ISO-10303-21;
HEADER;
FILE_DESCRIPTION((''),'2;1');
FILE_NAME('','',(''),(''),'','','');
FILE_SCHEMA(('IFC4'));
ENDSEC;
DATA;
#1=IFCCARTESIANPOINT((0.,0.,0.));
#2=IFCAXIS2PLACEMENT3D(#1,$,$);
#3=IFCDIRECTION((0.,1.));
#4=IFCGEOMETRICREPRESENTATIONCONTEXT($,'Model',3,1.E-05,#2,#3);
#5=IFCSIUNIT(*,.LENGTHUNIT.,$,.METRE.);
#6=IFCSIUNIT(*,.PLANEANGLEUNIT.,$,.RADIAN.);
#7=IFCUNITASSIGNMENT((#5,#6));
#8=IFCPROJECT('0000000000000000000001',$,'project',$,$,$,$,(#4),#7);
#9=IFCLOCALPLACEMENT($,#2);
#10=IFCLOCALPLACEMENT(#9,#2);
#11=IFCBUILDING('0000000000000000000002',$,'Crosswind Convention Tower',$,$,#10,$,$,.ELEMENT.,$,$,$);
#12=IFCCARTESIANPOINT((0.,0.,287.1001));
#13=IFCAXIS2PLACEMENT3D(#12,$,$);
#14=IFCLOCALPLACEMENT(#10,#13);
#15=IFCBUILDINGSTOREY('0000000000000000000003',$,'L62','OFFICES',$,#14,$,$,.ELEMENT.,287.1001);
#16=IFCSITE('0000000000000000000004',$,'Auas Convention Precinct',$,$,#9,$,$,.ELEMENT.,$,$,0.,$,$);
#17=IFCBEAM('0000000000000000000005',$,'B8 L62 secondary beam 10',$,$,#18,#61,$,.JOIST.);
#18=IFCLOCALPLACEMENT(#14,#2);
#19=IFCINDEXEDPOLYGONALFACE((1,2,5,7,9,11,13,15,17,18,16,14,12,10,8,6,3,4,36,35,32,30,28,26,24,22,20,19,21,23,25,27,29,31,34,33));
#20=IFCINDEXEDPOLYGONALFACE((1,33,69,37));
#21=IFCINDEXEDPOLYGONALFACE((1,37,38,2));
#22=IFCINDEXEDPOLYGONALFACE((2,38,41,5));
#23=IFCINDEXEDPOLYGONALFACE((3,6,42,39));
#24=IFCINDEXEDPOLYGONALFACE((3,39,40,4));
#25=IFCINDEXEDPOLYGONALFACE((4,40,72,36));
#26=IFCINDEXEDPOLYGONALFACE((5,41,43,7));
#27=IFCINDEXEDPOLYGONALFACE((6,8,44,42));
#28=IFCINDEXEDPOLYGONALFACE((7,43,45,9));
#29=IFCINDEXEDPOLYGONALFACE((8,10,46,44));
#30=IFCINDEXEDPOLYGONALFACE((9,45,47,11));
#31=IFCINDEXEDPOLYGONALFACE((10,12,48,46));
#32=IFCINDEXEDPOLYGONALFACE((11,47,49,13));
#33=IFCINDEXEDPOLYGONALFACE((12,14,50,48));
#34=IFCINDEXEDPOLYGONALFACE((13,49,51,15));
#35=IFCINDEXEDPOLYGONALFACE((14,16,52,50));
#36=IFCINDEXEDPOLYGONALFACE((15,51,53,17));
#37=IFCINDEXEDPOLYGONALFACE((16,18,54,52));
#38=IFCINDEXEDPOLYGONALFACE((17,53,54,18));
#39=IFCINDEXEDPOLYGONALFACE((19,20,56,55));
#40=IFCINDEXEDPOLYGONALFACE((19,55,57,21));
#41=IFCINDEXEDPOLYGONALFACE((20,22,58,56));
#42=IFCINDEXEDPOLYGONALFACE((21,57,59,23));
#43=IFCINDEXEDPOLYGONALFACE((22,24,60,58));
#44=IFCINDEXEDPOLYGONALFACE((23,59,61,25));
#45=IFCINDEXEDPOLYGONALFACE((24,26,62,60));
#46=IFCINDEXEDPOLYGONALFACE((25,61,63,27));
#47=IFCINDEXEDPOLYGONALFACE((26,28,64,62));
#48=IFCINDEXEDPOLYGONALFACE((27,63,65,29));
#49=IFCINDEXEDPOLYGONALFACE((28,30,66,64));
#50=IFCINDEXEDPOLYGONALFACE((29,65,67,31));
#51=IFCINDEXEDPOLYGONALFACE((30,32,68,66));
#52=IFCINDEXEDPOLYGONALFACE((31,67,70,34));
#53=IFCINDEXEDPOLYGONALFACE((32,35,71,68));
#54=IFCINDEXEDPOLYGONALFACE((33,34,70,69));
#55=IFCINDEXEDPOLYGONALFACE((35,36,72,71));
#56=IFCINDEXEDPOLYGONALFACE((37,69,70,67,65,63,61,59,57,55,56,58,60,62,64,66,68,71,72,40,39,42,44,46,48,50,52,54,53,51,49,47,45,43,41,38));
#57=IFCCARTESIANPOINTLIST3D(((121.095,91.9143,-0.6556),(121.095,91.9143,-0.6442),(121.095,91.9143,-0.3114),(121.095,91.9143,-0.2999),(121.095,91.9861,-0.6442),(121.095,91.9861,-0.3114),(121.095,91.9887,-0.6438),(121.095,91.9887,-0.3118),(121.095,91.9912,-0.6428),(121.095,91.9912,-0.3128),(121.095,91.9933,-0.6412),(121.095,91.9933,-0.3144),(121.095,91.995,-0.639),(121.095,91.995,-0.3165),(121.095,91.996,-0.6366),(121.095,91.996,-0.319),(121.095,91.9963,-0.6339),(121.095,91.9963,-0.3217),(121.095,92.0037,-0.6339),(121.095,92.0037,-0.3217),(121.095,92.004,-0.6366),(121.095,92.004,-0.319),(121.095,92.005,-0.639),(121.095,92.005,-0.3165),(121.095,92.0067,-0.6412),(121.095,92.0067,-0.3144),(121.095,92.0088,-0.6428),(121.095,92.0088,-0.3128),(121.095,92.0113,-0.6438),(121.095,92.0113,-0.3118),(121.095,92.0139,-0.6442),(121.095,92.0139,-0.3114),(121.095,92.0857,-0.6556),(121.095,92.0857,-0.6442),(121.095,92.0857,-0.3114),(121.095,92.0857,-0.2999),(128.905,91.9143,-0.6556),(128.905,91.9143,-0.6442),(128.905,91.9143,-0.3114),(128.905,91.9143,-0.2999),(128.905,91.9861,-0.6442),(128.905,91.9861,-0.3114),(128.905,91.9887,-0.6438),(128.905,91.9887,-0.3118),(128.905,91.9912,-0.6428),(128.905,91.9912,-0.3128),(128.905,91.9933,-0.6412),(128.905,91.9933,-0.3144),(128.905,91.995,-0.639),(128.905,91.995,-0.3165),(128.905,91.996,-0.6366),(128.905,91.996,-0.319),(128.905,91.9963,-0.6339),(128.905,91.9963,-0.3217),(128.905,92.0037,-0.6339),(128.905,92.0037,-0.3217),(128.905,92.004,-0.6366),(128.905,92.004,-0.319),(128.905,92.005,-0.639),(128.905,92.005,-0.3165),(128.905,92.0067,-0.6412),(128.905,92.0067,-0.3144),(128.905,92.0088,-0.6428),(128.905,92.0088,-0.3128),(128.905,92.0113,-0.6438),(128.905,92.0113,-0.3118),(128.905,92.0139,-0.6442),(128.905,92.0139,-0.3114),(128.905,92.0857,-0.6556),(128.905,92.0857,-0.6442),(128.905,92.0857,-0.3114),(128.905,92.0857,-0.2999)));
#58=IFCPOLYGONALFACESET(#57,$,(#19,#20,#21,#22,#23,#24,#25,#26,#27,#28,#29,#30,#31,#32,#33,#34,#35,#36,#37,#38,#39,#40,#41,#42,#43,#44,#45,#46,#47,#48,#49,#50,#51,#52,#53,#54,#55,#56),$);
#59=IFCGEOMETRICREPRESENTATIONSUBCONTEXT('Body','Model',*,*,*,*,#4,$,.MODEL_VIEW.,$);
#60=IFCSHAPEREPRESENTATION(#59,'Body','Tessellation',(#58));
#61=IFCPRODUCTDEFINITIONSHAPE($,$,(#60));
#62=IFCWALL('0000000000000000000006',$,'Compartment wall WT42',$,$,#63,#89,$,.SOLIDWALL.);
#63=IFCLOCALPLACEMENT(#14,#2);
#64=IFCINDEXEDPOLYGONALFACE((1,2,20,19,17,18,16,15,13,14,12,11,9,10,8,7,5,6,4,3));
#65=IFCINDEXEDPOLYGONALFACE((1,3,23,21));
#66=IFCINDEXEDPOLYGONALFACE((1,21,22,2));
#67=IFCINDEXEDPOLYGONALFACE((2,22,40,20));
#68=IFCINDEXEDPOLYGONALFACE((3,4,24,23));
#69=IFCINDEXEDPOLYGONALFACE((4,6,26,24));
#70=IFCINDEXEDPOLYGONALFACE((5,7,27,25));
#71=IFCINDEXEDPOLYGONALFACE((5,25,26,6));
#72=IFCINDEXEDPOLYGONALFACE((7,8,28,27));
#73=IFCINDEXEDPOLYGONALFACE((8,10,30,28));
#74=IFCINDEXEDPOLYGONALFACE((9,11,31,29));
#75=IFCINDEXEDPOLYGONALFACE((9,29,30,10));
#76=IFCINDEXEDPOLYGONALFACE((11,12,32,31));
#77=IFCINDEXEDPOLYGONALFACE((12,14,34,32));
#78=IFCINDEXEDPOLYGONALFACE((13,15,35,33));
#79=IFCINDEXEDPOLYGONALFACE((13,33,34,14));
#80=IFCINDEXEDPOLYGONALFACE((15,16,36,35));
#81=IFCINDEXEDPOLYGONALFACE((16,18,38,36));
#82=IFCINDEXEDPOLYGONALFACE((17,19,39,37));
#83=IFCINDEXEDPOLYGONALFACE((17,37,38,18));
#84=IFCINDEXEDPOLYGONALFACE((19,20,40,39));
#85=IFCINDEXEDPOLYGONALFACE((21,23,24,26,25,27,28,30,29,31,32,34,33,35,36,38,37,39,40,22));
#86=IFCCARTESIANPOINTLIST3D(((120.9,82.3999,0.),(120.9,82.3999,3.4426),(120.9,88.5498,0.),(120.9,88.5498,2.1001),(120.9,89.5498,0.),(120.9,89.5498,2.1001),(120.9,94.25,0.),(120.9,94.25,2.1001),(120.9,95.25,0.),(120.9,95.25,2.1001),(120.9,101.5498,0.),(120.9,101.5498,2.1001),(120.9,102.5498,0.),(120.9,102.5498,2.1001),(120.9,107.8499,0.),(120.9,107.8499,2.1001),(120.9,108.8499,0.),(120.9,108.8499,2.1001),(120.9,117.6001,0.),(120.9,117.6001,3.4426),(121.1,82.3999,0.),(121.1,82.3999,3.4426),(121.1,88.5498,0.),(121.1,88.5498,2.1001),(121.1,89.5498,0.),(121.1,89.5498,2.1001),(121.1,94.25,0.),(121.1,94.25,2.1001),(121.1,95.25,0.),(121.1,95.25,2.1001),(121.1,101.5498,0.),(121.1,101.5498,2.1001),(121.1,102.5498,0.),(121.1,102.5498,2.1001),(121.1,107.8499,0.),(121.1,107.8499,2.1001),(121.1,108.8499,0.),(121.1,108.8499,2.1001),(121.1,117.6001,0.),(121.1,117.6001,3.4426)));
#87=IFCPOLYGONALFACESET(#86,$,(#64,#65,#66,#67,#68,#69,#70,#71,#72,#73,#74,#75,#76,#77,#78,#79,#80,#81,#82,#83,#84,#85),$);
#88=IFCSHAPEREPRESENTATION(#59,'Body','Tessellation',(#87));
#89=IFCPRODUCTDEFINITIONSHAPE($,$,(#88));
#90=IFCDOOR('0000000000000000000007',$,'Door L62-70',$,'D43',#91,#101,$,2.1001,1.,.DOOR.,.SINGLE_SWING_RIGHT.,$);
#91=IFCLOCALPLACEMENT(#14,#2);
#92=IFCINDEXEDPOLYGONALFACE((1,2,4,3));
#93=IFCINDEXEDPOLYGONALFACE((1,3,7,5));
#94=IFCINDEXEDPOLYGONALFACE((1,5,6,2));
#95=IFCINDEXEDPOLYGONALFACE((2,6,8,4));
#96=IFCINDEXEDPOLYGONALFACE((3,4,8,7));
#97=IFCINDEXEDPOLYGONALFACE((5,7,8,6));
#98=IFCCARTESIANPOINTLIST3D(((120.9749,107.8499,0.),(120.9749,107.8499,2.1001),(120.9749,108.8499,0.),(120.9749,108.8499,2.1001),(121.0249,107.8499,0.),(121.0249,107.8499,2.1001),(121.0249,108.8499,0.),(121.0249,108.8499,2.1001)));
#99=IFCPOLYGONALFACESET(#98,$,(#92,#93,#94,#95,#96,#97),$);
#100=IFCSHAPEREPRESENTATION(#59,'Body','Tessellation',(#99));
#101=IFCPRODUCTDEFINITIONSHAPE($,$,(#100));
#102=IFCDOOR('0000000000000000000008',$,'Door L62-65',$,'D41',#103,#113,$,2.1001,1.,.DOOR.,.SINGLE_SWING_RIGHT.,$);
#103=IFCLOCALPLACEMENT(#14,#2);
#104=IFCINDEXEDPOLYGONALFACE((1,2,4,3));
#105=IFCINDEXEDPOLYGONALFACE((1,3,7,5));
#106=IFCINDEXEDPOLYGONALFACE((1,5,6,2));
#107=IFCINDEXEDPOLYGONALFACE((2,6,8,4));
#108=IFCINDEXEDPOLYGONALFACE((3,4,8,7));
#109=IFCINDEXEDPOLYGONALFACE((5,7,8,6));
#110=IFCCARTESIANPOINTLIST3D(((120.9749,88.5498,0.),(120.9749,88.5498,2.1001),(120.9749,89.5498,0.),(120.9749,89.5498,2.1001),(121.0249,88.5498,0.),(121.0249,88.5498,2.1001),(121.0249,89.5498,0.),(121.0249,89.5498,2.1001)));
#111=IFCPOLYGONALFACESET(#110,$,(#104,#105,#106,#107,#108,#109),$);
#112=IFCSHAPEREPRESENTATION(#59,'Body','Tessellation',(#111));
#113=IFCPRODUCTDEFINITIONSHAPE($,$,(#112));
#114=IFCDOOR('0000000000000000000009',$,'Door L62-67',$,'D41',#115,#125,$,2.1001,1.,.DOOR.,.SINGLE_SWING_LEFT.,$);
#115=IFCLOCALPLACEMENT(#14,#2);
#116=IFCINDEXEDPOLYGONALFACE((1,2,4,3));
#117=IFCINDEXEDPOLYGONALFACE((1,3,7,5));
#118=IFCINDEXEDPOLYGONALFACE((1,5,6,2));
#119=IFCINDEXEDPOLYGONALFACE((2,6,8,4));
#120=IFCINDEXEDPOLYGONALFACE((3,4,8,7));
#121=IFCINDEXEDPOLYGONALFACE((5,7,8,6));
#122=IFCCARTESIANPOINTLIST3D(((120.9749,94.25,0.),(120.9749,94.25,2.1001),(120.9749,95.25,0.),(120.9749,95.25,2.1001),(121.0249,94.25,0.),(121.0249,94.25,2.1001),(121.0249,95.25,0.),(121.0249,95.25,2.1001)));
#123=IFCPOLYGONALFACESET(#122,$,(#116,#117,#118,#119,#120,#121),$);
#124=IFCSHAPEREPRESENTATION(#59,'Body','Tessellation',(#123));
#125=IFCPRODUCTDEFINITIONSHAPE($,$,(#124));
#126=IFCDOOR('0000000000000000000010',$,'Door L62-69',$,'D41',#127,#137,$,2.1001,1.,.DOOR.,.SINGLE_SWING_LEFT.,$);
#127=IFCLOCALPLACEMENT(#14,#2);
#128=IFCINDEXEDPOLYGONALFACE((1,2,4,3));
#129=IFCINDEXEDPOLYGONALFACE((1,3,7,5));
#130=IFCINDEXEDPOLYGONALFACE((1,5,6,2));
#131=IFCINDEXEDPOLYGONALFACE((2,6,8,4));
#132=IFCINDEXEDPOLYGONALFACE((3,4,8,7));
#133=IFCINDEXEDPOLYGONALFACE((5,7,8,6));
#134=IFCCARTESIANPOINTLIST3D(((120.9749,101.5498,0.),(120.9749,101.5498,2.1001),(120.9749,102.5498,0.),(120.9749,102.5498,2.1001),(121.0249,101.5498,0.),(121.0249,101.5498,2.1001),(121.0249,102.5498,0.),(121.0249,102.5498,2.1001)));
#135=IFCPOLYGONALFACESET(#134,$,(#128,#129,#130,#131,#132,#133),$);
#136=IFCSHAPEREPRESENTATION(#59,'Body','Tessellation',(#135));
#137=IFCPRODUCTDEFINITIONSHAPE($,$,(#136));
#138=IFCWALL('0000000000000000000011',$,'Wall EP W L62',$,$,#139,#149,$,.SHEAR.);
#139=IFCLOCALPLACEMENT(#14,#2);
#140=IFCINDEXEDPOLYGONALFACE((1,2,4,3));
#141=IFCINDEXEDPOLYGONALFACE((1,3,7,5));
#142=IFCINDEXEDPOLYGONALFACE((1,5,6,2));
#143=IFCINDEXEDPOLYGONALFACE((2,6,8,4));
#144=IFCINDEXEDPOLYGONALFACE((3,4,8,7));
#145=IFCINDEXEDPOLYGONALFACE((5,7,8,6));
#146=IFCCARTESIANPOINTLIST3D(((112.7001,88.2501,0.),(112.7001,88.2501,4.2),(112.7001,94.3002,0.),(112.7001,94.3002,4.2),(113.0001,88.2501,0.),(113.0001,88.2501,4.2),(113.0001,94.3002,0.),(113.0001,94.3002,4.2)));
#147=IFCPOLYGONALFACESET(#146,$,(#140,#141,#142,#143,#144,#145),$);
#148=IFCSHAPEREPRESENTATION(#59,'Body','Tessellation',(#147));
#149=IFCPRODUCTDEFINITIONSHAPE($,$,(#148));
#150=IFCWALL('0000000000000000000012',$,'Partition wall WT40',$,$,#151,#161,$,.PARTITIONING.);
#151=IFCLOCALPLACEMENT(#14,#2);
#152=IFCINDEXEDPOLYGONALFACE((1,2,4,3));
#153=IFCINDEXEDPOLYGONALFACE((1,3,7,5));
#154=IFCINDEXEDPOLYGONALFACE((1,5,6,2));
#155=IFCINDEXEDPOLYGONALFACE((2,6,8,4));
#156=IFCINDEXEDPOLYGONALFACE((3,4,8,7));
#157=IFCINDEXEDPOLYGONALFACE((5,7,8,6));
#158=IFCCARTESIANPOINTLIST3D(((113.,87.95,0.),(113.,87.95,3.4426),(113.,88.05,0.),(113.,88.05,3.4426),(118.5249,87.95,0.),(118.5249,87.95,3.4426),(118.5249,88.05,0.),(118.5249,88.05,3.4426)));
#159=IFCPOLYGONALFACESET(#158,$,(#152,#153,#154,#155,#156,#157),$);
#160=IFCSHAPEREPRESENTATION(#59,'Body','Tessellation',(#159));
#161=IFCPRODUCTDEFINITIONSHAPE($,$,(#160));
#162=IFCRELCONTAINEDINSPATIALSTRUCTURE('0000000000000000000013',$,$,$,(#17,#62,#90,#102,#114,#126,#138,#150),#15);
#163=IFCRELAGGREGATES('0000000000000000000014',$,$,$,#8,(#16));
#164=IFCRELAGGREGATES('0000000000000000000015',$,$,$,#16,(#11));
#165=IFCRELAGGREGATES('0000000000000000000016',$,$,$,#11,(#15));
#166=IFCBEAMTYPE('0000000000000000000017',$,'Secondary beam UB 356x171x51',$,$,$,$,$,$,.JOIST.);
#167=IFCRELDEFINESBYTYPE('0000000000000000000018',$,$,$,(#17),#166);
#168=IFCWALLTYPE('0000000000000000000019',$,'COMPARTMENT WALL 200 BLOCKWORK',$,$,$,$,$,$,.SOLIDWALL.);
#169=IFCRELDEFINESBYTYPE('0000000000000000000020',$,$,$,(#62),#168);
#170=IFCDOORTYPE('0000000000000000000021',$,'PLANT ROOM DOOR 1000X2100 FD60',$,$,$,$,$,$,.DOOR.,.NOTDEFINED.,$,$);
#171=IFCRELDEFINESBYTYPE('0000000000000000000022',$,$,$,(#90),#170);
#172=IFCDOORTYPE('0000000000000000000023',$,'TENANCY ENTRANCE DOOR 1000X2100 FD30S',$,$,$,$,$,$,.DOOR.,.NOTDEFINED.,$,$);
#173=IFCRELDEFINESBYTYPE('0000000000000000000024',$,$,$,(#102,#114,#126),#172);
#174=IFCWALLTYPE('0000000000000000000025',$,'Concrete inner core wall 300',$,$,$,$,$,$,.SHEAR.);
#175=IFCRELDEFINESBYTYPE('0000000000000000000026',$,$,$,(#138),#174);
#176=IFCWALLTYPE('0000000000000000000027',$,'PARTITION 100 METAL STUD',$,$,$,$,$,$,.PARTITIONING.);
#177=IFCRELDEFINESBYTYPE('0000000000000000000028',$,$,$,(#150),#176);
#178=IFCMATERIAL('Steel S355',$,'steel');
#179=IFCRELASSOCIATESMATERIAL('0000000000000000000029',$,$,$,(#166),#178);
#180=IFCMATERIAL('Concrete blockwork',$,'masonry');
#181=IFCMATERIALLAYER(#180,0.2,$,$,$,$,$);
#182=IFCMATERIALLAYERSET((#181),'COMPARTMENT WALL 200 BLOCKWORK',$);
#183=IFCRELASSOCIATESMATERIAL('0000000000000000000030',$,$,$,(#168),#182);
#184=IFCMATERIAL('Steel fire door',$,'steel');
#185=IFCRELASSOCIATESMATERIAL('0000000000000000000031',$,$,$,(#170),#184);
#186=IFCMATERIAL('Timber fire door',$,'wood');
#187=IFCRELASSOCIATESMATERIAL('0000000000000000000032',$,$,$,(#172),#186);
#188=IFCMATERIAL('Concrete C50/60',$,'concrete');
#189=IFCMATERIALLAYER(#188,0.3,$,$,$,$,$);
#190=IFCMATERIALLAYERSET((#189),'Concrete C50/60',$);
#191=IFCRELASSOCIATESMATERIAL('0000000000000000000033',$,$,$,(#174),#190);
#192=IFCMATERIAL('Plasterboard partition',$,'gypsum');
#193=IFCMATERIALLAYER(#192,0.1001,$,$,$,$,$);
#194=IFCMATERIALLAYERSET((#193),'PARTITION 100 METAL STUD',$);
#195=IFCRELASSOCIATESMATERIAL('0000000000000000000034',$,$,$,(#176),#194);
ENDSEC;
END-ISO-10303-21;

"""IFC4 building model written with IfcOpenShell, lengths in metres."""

from ifc_helpers import new_model, si_unit, direction, frame, frame_2d, origin, origin_2d, place, context, subcontext, project, spatial, rectangle, i_section, extrude, material, layer, layer_set, material_profile, profile_set, type_object, element, fill, save


model = new_model("IFC4")

# Units and contexts
model_context = context("Model", 3, precision=1e-05, world=origin(), true_north=direction((0.0, 1.0)))
body_context = subcontext(model_context, "Body", "Model", "MODEL_VIEW")
ifc_project = project(units=[si_unit("LENGTHUNIT", "METRE"), si_unit("PLANEANGLEUNIT", "RADIAN")], contexts=[model_context])

# Site, building, storey
site_placement = place(None, origin())
site = spatial("IfcSite", under=ifc_project, at=site_placement, Name="Auas Convention Precinct", CompositionType="ELEMENT", RefElevation=0.0)
building_placement = place(site_placement, origin())
building = spatial("IfcBuilding", under=site, at=building_placement, Name="Crosswind Convention Tower", CompositionType="ELEMENT")
storey_placement = place(building_placement, frame((0.0, 0.0, 287.1001)))
storey = spatial("IfcBuildingStorey", under=building, at=storey_placement, Name="L62", Description="OFFICES", CompositionType="ELEMENT", Elevation=287.1001)

# Beam
ifc_material_1 = material(Name="Steel S355", Category="steel")
ifc_material_profile_1 = material_profile(ifc_material_1, i_section(OverallWidth=0.1714, OverallDepth=0.3557, WebThickness=0.0073, FlangeThickness=0.0115, FilletRadius=0.0103, at=origin_2d()), Name="UB 356x171x51")
ifc_profile_set_1 = profile_set([ifc_material_profile_1], Name="Steel S355")
beam_type_1 = type_object("IfcBeamType", Name="Secondary beam UB 356x171x51", PredefinedType="JOIST", material=ifc_profile_set_1)
for number, where, z_axis, x_axis, name in (
    (1, (121.095, 92.0, -0.4778), (1.0, 0.0, 0.0), (0.0, 1.0, 0.0), "B8 L62 secondary beam 10"),
):
    element("IfcBeam", number, at=place(storey_placement, frame(where, z_axis=z_axis, x_axis=x_axis)), inside=storey, type_object=beam_type_1, Name=name, PredefinedType="JOIST", context=body_context, shape_type="SweptSolid", body=[
        extrude(i_section(OverallWidth=0.1714, OverallDepth=0.3557, WebThickness=0.0073, FlangeThickness=0.0115, FilletRadius=0.0103, at=origin_2d()), origin(), (0.0, 0.0, 1.0), 7.8101),
    ])

# Wall, openings, doors
ifc_material_2 = material(Name="Concrete blockwork", Category="masonry")
ifc_layer_1 = layer(ifc_material_2, 0.2)
ifc_layer_set_1 = layer_set([ifc_layer_1], Name="COMPARTMENT WALL 200 BLOCKWORK")
wall_type_1 = type_object("IfcWallType", Name="COMPARTMENT WALL 200 BLOCKWORK", PredefinedType="SOLIDWALL", material=ifc_layer_set_1)
wall_1_placement = place(storey_placement, frame((121.0, 82.3999, 0.0), z_axis=(0.0, 0.0, 1.0), x_axis=(0.0, 1.0, 0.0)))
wall_1 = element("IfcWall", 2, at=wall_1_placement, inside=storey, type_object=wall_type_1, Name="Compartment wall WT42", PredefinedType="SOLIDWALL", context=body_context, shape_type="SweptSolid", body=[
    extrude(rectangle(XDim=35.2002, YDim=0.2, at=frame_2d((17.6001, 0.0))), origin(), (0.0, 0.0, 1.0), 3.4426),
])
opening_1_placement = place(wall_1_placement, frame((6.1499, 0.0, 0.0)))
opening_1 = element("IfcOpeningElement", 3, at=opening_1_placement, cuts=wall_1, PredefinedType="OPENING", context=body_context, shape_type="SweptSolid", body=[
    extrude(rectangle(XDim=1.0, YDim=2.1001, at=frame_2d((0.5, 1.05))), frame((0.0, 0.1099, 0.0), z_axis=(0.0, -1.0, 0.0), x_axis=(1.0, 0.0, 0.0)), (0.0, 0.0, 1.0), 0.22),
])
opening_2_placement = place(wall_1_placement, frame((11.8501, 0.0, 0.0)))
opening_2 = element("IfcOpeningElement", 4, at=opening_2_placement, cuts=wall_1, PredefinedType="OPENING", context=body_context, shape_type="SweptSolid", body=[
    extrude(rectangle(XDim=1.0, YDim=2.1001, at=frame_2d((0.5, 1.05))), frame((0.0, 0.1099, 0.0), z_axis=(0.0, -1.0, 0.0), x_axis=(1.0, 0.0, 0.0)), (0.0, 0.0, 1.0), 0.22),
])
opening_3_placement = place(wall_1_placement, frame((19.1499, 0.0, 0.0)))
opening_3 = element("IfcOpeningElement", 5, at=opening_3_placement, cuts=wall_1, PredefinedType="OPENING", context=body_context, shape_type="SweptSolid", body=[
    extrude(rectangle(XDim=1.0, YDim=2.1001, at=frame_2d((0.5, 1.05))), frame((0.0, 0.1099, 0.0), z_axis=(0.0, -1.0, 0.0), x_axis=(1.0, 0.0, 0.0)), (0.0, 0.0, 1.0), 0.22),
])
opening_4_placement = place(wall_1_placement, frame((25.45, 0.0, 0.0)))
opening_4 = element("IfcOpeningElement", 6, at=opening_4_placement, cuts=wall_1, PredefinedType="OPENING", context=body_context, shape_type="SweptSolid", body=[
    extrude(rectangle(XDim=1.0, YDim=2.1001, at=frame_2d((0.5, 1.05))), frame((0.0, 0.1099, 0.0), z_axis=(0.0, -1.0, 0.0), x_axis=(1.0, 0.0, 0.0)), (0.0, 0.0, 1.0), 0.22),
])
ifc_material_3 = material(Name="Steel fire door", Category="steel")
door_type_1 = type_object("IfcDoorType", Name="PLANT ROOM DOOR 1000X2100 FD60", OperationType="NOTDEFINED", PredefinedType="DOOR", material=ifc_material_3)
door_1_placement = place(opening_4_placement, frame((1.0, 0.0, 0.0), z_axis=(0.0, 0.0, 1.0), x_axis=(-1.0, 0.0, 0.0)))
door_1 = element("IfcDoor", 7, at=door_1_placement, inside=storey, type_object=door_type_1, Name="Door L62-70", ObjectType="D43", OperationType="SINGLE_SWING_RIGHT", OverallHeight=2.1001, OverallWidth=1.0, PredefinedType="DOOR", context=body_context, shape_type="SweptSolid", body=[
    extrude(rectangle(XDim=1.0, YDim=2.1001, at=frame_2d((0.5, 1.05))), frame((0.0, 0.0249, 0.0), z_axis=(0.0, -1.0, 0.0), x_axis=(1.0, 0.0, 0.0)), (0.0, 0.0, 1.0), 0.05),
])
fill(opening_4, door_1)
ifc_material_4 = material(Name="Timber fire door", Category="wood")
door_type_2 = type_object("IfcDoorType", Name="TENANCY ENTRANCE DOOR 1000X2100 FD30S", OperationType="NOTDEFINED", PredefinedType="DOOR", material=ifc_material_4)
door_2_placement = place(opening_1_placement, frame((1.0, 0.0, 0.0), z_axis=(0.0, 0.0, 1.0), x_axis=(-1.0, 0.0, 0.0)))
door_2 = element("IfcDoor", 8, at=door_2_placement, inside=storey, type_object=door_type_2, Name="Door L62-65", ObjectType="D41", OperationType="SINGLE_SWING_RIGHT", OverallHeight=2.1001, OverallWidth=1.0, PredefinedType="DOOR", context=body_context, shape_type="SweptSolid", body=[
    extrude(rectangle(XDim=1.0, YDim=2.1001, at=frame_2d((0.5, 1.05))), frame((0.0, 0.0249, 0.0), z_axis=(0.0, -1.0, 0.0), x_axis=(1.0, 0.0, 0.0)), (0.0, 0.0, 1.0), 0.05),
])
fill(opening_1, door_2)
door_3_placement = place(opening_2_placement, frame((1.0, 0.0, 0.0), z_axis=(0.0, 0.0, 1.0), x_axis=(-1.0, 0.0, 0.0)))
door_3 = element("IfcDoor", 9, at=door_3_placement, inside=storey, type_object=door_type_2, Name="Door L62-67", ObjectType="D41", OperationType="SINGLE_SWING_LEFT", OverallHeight=2.1001, OverallWidth=1.0, PredefinedType="DOOR", context=body_context, shape_type="SweptSolid", body=[
    extrude(rectangle(XDim=1.0, YDim=2.1001, at=frame_2d((0.5, 1.05))), frame((0.0, 0.0249, 0.0), z_axis=(0.0, -1.0, 0.0), x_axis=(1.0, 0.0, 0.0)), (0.0, 0.0, 1.0), 0.05),
])
fill(opening_2, door_3)
door_4_placement = place(opening_3_placement, frame((1.0, 0.0, 0.0), z_axis=(0.0, 0.0, 1.0), x_axis=(-1.0, 0.0, 0.0)))
door_4 = element("IfcDoor", 10, at=door_4_placement, inside=storey, type_object=door_type_2, Name="Door L62-69", ObjectType="D41", OperationType="SINGLE_SWING_LEFT", OverallHeight=2.1001, OverallWidth=1.0, PredefinedType="DOOR", context=body_context, shape_type="SweptSolid", body=[
    extrude(rectangle(XDim=1.0, YDim=2.1001, at=frame_2d((0.5, 1.05))), frame((0.0, 0.0249, 0.0), z_axis=(0.0, -1.0, 0.0), x_axis=(1.0, 0.0, 0.0)), (0.0, 0.0, 1.0), 0.05),
])
fill(opening_3, door_4)

# Walls
ifc_material_5 = material(Name="Concrete C50/60", Category="concrete")
ifc_layer_2 = layer(ifc_material_5, 0.3)
ifc_layer_set_2 = layer_set([ifc_layer_2], Name="Concrete C50/60")
wall_type_2 = type_object("IfcWallType", Name="Concrete inner core wall 300", PredefinedType="SHEAR", material=ifc_layer_set_2)
wall_2_placement = place(storey_placement, frame((112.8501, 94.3, 0.0), z_axis=(0.0, 0.0, 1.0), x_axis=(0.0, -1.0, 0.0)))
element("IfcWall", 11, at=wall_2_placement, inside=storey, type_object=wall_type_2, Name="Wall EP W L62", PredefinedType="SHEAR", context=body_context, shape_type="SweptSolid", body=[
    extrude(rectangle(XDim=6.05, YDim=0.3, at=frame_2d((3.0249, 0.0))), origin(), (0.0, 0.0, 1.0), 4.2),
])
ifc_material_6 = material(Name="Plasterboard partition", Category="gypsum")
ifc_layer_3 = layer(ifc_material_6, 0.1001)
ifc_layer_set_3 = layer_set([ifc_layer_3], Name="PARTITION 100 METAL STUD")
wall_type_3 = type_object("IfcWallType", Name="PARTITION 100 METAL STUD", PredefinedType="PARTITIONING", material=ifc_layer_set_3)
for number, where, z_axis, x_axis, name in (
    (12, (113.0, 88.0, 0.0), (0.0, 0.0, 1.0), (1.0, 0.0, 0.0), "Partition wall WT40"),
):
    element("IfcWall", number, at=place(storey_placement, frame(where, z_axis=z_axis, x_axis=x_axis)), inside=storey, type_object=wall_type_3, Name=name, PredefinedType="PARTITIONING", context=body_context, shape_type="SweptSolid", body=[
        extrude(rectangle(XDim=5.5249, YDim=0.1001, at=frame_2d((2.7625, 0.0))), origin(), (0.0, 0.0, 1.0), 3.4426),
    ])

save(model, "model.ifc")
